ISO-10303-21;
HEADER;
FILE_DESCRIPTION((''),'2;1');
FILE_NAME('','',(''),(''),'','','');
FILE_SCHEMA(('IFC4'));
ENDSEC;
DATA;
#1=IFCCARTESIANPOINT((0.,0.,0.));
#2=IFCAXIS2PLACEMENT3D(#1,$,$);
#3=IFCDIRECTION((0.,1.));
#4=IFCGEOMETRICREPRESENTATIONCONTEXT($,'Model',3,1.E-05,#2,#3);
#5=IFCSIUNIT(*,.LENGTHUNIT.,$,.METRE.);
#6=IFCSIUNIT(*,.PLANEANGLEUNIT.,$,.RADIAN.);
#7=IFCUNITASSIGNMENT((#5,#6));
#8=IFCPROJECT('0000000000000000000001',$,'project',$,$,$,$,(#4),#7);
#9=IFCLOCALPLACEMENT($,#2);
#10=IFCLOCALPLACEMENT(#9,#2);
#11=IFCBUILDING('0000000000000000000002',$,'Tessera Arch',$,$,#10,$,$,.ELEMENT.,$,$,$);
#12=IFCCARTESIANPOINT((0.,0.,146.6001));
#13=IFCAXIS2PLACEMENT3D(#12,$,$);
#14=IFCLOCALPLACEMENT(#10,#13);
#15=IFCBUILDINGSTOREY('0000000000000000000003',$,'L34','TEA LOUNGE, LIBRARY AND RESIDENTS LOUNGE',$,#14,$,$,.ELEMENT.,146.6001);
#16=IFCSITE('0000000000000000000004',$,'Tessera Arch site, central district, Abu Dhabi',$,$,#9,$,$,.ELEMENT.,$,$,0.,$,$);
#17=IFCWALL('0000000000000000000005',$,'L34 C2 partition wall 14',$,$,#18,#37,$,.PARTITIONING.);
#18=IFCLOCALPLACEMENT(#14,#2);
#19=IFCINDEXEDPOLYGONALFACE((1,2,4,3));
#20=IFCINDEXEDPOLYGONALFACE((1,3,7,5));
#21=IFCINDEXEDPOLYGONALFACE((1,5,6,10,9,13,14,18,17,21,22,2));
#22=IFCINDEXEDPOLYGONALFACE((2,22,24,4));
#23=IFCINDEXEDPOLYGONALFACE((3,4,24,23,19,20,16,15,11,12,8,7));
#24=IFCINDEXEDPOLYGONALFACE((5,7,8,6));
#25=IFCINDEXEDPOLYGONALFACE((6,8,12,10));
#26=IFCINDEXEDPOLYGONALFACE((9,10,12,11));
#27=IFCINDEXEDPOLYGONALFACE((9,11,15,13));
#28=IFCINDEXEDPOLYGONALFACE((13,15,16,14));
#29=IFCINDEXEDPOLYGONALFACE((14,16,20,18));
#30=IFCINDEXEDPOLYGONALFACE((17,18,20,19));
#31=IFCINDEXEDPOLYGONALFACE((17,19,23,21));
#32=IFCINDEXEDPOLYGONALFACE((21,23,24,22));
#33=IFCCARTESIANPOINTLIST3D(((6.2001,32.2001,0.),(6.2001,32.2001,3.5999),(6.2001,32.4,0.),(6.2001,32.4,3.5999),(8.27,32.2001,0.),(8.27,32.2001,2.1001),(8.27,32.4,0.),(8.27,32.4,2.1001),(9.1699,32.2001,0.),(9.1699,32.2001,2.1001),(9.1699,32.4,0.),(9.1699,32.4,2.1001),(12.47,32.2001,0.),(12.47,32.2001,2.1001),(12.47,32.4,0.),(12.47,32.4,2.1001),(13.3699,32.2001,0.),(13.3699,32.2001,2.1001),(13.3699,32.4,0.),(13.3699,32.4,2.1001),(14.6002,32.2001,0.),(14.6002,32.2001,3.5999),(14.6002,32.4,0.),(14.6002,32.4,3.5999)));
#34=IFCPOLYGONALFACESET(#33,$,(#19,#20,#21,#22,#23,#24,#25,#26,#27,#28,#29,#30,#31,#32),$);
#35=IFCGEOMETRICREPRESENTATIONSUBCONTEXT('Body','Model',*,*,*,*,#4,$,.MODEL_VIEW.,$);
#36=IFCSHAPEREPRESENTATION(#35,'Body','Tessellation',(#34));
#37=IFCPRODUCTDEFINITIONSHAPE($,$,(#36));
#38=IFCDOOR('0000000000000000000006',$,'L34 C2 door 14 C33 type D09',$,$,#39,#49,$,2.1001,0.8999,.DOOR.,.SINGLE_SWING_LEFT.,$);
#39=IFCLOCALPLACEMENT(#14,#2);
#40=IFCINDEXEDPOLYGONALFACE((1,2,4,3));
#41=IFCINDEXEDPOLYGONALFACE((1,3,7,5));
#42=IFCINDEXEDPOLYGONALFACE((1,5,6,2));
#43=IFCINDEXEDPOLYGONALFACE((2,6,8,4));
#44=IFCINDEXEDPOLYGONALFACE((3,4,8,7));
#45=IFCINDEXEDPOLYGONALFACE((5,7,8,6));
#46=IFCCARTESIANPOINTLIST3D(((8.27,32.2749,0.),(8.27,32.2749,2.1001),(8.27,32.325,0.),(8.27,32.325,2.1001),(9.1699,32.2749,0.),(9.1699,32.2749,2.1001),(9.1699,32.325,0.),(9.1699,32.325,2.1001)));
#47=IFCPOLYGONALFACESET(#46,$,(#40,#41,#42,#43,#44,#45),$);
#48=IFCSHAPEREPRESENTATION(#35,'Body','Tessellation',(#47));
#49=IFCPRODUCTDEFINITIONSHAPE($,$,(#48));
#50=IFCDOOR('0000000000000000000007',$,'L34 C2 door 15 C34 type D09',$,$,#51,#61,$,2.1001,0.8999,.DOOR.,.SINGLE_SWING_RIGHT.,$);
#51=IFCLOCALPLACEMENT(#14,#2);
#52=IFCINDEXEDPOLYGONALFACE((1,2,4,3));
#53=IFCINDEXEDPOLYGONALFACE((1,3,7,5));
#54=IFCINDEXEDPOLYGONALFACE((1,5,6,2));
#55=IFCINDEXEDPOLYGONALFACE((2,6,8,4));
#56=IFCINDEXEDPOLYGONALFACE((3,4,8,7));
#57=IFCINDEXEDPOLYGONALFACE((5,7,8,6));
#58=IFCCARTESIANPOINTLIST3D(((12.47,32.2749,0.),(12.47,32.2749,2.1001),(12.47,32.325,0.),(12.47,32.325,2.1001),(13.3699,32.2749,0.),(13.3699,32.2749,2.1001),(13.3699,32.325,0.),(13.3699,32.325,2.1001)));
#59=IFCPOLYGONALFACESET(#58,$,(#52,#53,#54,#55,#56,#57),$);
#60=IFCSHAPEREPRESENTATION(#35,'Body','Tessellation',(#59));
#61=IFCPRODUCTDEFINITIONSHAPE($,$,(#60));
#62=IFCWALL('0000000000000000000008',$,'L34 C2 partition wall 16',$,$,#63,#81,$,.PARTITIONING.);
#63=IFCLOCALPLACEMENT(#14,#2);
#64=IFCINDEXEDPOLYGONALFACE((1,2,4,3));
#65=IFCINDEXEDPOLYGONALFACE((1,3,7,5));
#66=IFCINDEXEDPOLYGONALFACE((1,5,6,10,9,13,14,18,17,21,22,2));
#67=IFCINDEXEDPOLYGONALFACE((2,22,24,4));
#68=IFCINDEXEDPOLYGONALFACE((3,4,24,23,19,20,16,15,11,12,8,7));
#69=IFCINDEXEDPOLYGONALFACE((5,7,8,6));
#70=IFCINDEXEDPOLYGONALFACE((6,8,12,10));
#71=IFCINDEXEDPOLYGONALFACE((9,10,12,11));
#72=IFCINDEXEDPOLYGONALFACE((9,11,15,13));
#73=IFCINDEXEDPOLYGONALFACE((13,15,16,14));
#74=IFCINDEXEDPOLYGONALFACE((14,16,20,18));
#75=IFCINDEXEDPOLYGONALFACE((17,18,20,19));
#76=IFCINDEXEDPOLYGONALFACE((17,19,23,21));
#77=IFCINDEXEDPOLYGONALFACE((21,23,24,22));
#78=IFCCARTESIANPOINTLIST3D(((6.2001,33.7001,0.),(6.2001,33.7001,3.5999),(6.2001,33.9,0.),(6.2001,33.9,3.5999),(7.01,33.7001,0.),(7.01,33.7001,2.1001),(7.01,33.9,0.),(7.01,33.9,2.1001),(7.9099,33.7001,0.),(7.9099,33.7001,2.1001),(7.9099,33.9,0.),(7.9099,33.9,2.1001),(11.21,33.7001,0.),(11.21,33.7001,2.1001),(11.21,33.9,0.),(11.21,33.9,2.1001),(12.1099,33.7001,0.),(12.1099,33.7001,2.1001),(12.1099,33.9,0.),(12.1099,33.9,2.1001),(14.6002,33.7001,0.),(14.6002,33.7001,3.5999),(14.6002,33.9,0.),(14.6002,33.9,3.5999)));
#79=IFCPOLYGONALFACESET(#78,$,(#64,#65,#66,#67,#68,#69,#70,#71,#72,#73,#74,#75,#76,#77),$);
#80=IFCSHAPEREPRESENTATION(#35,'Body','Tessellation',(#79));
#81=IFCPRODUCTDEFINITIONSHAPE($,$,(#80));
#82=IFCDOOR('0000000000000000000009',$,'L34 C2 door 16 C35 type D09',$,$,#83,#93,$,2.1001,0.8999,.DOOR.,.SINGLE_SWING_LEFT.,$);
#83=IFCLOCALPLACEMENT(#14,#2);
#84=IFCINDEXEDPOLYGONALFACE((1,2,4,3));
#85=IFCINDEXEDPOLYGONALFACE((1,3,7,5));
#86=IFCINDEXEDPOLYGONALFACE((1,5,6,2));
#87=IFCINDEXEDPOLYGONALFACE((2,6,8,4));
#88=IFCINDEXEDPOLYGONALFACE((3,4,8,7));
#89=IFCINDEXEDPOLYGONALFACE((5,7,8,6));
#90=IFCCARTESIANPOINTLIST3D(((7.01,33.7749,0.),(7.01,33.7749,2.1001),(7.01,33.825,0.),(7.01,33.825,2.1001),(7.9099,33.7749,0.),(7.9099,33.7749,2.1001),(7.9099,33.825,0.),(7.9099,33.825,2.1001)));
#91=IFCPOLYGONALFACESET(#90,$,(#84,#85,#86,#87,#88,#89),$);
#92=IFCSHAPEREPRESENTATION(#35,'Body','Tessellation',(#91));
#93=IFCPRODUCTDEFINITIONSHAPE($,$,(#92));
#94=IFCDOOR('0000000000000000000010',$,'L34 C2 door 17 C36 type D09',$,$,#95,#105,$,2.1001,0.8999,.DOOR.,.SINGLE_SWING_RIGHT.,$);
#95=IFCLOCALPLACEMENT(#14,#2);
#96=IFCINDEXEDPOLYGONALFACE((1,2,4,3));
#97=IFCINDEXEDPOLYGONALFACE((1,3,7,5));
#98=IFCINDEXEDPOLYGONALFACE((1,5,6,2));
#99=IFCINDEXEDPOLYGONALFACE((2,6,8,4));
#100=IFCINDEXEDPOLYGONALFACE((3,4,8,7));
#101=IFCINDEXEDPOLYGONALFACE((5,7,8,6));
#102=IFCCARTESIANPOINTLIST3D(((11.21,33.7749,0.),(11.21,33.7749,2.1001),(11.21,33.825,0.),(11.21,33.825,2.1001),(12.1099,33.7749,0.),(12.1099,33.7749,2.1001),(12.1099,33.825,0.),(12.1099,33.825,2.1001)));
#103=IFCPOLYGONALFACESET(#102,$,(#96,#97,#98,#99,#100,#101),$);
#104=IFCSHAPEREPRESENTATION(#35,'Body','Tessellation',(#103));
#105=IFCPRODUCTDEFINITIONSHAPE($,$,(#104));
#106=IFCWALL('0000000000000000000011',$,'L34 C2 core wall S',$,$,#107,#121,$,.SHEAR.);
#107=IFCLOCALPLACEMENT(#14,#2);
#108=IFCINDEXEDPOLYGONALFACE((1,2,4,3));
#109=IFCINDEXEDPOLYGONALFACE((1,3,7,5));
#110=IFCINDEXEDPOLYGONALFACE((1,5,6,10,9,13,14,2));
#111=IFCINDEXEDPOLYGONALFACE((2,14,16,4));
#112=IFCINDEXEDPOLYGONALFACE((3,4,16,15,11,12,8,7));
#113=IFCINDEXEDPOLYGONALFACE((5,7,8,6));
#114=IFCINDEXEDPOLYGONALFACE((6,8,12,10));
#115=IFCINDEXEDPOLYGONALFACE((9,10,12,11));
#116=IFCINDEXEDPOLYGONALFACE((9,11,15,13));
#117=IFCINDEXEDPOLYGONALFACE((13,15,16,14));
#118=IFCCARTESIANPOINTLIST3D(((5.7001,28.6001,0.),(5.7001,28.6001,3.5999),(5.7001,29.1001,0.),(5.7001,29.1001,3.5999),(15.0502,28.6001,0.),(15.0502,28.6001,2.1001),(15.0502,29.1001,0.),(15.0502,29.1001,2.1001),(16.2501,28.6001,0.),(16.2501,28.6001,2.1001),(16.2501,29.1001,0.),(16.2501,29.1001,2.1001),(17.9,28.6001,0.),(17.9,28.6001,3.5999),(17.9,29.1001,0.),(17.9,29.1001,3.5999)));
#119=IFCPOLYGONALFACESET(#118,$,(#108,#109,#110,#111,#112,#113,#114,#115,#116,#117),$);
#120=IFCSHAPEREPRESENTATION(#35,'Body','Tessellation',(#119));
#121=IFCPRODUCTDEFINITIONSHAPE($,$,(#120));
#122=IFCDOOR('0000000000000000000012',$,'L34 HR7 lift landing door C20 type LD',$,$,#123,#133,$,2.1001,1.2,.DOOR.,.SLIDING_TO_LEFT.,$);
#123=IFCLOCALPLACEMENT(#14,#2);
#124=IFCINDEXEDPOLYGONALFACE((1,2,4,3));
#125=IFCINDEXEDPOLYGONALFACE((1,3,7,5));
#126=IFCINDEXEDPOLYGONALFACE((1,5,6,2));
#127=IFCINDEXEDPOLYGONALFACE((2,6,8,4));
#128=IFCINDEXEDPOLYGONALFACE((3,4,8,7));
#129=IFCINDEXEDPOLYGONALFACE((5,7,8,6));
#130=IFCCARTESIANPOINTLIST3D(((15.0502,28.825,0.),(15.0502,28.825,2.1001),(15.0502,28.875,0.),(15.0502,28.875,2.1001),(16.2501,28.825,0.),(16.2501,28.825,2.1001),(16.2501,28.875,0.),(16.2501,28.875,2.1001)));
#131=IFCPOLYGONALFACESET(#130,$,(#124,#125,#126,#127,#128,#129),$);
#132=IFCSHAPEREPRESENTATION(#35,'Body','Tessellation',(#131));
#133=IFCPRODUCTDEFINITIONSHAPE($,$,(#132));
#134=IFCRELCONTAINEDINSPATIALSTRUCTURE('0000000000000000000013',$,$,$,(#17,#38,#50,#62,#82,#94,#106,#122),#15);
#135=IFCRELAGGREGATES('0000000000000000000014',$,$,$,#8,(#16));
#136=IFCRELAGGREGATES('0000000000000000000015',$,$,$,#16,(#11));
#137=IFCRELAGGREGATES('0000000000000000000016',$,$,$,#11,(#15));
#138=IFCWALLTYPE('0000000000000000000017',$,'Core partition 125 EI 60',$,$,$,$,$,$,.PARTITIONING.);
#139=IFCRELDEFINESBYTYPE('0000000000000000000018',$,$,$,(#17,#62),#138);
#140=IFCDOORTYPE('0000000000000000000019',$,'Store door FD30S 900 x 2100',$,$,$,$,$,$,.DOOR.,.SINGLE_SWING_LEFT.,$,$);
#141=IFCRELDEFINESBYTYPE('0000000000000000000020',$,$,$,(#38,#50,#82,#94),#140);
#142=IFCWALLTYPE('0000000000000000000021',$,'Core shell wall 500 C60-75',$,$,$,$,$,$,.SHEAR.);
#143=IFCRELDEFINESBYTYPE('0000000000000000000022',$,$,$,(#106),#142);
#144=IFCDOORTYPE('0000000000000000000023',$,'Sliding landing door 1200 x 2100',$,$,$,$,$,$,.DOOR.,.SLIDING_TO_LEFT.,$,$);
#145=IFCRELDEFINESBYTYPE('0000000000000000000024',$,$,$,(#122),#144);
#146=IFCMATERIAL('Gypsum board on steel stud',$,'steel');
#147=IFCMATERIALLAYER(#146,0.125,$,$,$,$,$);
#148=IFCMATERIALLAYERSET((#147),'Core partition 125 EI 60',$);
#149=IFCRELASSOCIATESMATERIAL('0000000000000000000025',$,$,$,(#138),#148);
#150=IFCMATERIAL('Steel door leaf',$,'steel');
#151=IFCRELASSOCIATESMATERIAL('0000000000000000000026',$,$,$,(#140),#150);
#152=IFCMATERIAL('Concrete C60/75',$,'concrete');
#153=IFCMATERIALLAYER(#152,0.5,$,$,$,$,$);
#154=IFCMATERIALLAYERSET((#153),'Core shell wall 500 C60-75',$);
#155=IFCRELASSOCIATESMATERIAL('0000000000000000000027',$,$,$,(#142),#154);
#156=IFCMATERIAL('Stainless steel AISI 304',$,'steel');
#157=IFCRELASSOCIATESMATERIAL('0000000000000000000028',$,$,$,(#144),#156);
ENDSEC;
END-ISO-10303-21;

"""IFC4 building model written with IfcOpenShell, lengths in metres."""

from ifc_helpers import new_model, si_unit, direction, frame, frame_2d, origin, place, context, subcontext, project, spatial, rectangle, extrude, material, layer, layer_set, type_object, element, fill, save


model = new_model("IFC4")

# Units and contexts
model_context = context("Model", 3, precision=1e-05, world=origin(), true_north=direction((0.0, 1.0)))
body_context = subcontext(model_context, "Body", "Model", "MODEL_VIEW")
ifc_project = project(units=[si_unit("LENGTHUNIT", "METRE"), si_unit("PLANEANGLEUNIT", "RADIAN")], contexts=[model_context])

# Site, building, storey
site_placement = place(None, origin())
site = spatial("IfcSite", under=ifc_project, at=site_placement, Name="Tessera Arch site, central district, Abu Dhabi", CompositionType="ELEMENT", RefElevation=0.0)
building_placement = place(site_placement, origin())
building = spatial("IfcBuilding", under=site, at=building_placement, Name="Tessera Arch", CompositionType="ELEMENT")
storey_placement = place(building_placement, frame((0.0, 0.0, 146.6001)))
storey = spatial("IfcBuildingStorey", under=building, at=storey_placement, Name="L34", Description="TEA LOUNGE, LIBRARY AND RESIDENTS LOUNGE", CompositionType="ELEMENT", Elevation=146.6001)

# Walls, openings, doors
ifc_material_1 = material(Name="Gypsum board on steel stud", Category="steel")
ifc_layer_1 = layer(ifc_material_1, 0.125)
ifc_layer_set_1 = layer_set([ifc_layer_1], Name="Core partition 125 EI 60")
wall_type_1 = type_object("IfcWallType", Name="Core partition 125 EI 60", PredefinedType="PARTITIONING", material=ifc_layer_set_1)
wall_1_placement = place(storey_placement, frame((6.2, 32.3, 0.0), z_axis=(0.0, 0.0, 1.0), x_axis=(1.0, 0.0, 0.0)))
wall_1 = element("IfcWall", 1, at=wall_1_placement, inside=storey, type_object=wall_type_1, Name="L34 C2 partition wall 14", PredefinedType="PARTITIONING", context=body_context, shape_type="SweptSolid", body=[
    extrude(rectangle(XDim=8.4001, YDim=0.2, at=frame_2d((4.2002, 0.0))), origin(), (0.0, 0.0, 1.0), 3.5999),
])
opening_1_placement = place(wall_1_placement, frame((2.0701, 0.0, 0.0)))
opening_1 = element("IfcOpeningElement", 2, at=opening_1_placement, cuts=wall_1, PredefinedType="OPENING", context=body_context, shape_type="SweptSolid", body=[
    extrude(rectangle(XDim=0.8999, YDim=2.1001, at=frame_2d((0.45, 1.05))), frame((0.0, 0.1099, 0.0), z_axis=(0.0, -1.0, 0.0), x_axis=(1.0, 0.0, 0.0)), (0.0, 0.0, 1.0), 0.22),
])
opening_2_placement = place(wall_1_placement, frame((6.27, 0.0, 0.0)))
opening_2 = element("IfcOpeningElement", 3, at=opening_2_placement, cuts=wall_1, PredefinedType="OPENING", context=body_context, shape_type="SweptSolid", body=[
    extrude(rectangle(XDim=0.8999, YDim=2.1001, at=frame_2d((0.45, 1.05))), frame((0.0, 0.1099, 0.0), z_axis=(0.0, -1.0, 0.0), x_axis=(1.0, 0.0, 0.0)), (0.0, 0.0, 1.0), 0.22),
])
ifc_material_2 = material(Name="Steel door leaf", Category="steel")
door_type_1 = type_object("IfcDoorType", Name="Store door FD30S 900 x 2100", OperationType="SINGLE_SWING_LEFT", PredefinedType="DOOR", material=ifc_material_2)
door_1_placement = place(opening_1_placement, origin())
door_1 = element("IfcDoor", 4, at=door_1_placement, inside=storey, type_object=door_type_1, Name="L34 C2 door 14 C33 type D09", OperationType="SINGLE_SWING_LEFT", OverallHeight=2.1001, OverallWidth=0.8999, PredefinedType="DOOR", context=body_context, shape_type="SweptSolid", body=[
    extrude(rectangle(XDim=0.8999, YDim=2.1001, at=frame_2d((0.45, 1.05))), frame((0.0, 0.0249, 0.0), z_axis=(0.0, -1.0, 0.0), x_axis=(1.0, 0.0, 0.0)), (0.0, 0.0, 1.0), 0.05),
])
fill(opening_1, door_1)
door_2_placement = place(opening_2_placement, origin())
door_2 = element("IfcDoor", 5, at=door_2_placement, inside=storey, type_object=door_type_1, Name="L34 C2 door 15 C34 type D09", OperationType="SINGLE_SWING_RIGHT", OverallHeight=2.1001, OverallWidth=0.8999, PredefinedType="DOOR", context=body_context, shape_type="SweptSolid", body=[
    extrude(rectangle(XDim=0.8999, YDim=2.1001, at=frame_2d((0.45, 1.05))), frame((0.0, 0.0249, 0.0), z_axis=(0.0, -1.0, 0.0), x_axis=(1.0, 0.0, 0.0)), (0.0, 0.0, 1.0), 0.05),
])
fill(opening_2, door_2)
wall_2_placement = place(storey_placement, frame((6.2, 33.8, 0.0), z_axis=(0.0, 0.0, 1.0), x_axis=(1.0, 0.0, 0.0)))
wall_2 = element("IfcWall", 6, at=wall_2_placement, inside=storey, type_object=wall_type_1, Name="L34 C2 partition wall 16", PredefinedType="PARTITIONING", context=body_context, shape_type="SweptSolid", body=[
    extrude(rectangle(XDim=8.4001, YDim=0.2, at=frame_2d((4.2002, 0.0))), origin(), (0.0, 0.0, 1.0), 3.5999),
])
opening_3_placement = place(wall_2_placement, frame((0.8101, 0.0, 0.0)))
opening_3 = element("IfcOpeningElement", 7, at=opening_3_placement, cuts=wall_2, PredefinedType="OPENING", context=body_context, shape_type="SweptSolid", body=[
    extrude(rectangle(XDim=0.8999, YDim=2.1001, at=frame_2d((0.45, 1.05))), frame((0.0, 0.1099, 0.0), z_axis=(0.0, -1.0, 0.0), x_axis=(1.0, 0.0, 0.0)), (0.0, 0.0, 1.0), 0.22),
])
opening_4_placement = place(wall_2_placement, frame((5.01, 0.0, 0.0)))
opening_4 = element("IfcOpeningElement", 8, at=opening_4_placement, cuts=wall_2, PredefinedType="OPENING", context=body_context, shape_type="SweptSolid", body=[
    extrude(rectangle(XDim=0.8999, YDim=2.1001, at=frame_2d((0.45, 1.05))), frame((0.0, 0.1099, 0.0), z_axis=(0.0, -1.0, 0.0), x_axis=(1.0, 0.0, 0.0)), (0.0, 0.0, 1.0), 0.22),
])
door_3_placement = place(opening_3_placement, origin())
door_3 = element("IfcDoor", 9, at=door_3_placement, inside=storey, type_object=door_type_1, Name="L34 C2 door 16 C35 type D09", OperationType="SINGLE_SWING_LEFT", OverallHeight=2.1001, OverallWidth=0.8999, PredefinedType="DOOR", context=body_context, shape_type="SweptSolid", body=[
    extrude(rectangle(XDim=0.8999, YDim=2.1001, at=frame_2d((0.45, 1.05))), frame((0.0, 0.0249, 0.0), z_axis=(0.0, -1.0, 0.0), x_axis=(1.0, 0.0, 0.0)), (0.0, 0.0, 1.0), 0.05),
])
fill(opening_3, door_3)
door_4_placement = place(opening_4_placement, origin())
door_4 = element("IfcDoor", 10, at=door_4_placement, inside=storey, type_object=door_type_1, Name="L34 C2 door 17 C36 type D09", OperationType="SINGLE_SWING_RIGHT", OverallHeight=2.1001, OverallWidth=0.8999, PredefinedType="DOOR", context=body_context, shape_type="SweptSolid", body=[
    extrude(rectangle(XDim=0.8999, YDim=2.1001, at=frame_2d((0.45, 1.05))), frame((0.0, 0.0249, 0.0), z_axis=(0.0, -1.0, 0.0), x_axis=(1.0, 0.0, 0.0)), (0.0, 0.0, 1.0), 0.05),
])
fill(opening_4, door_4)

# Wall, opening, door
ifc_material_3 = material(Name="Concrete C60/75", Category="concrete")
ifc_layer_2 = layer(ifc_material_3, 0.5)
ifc_layer_set_2 = layer_set([ifc_layer_2], Name="Core shell wall 500 C60-75")
wall_type_2 = type_object("IfcWallType", Name="Core shell wall 500 C60-75", PredefinedType="SHEAR", material=ifc_layer_set_2)
wall_3_placement = place(storey_placement, frame((5.7, 28.8501, 0.0), z_axis=(0.0, 0.0, 1.0), x_axis=(1.0, 0.0, 0.0)))
wall_3 = element("IfcWall", 11, at=wall_3_placement, inside=storey, type_object=wall_type_2, Name="L34 C2 core wall S", PredefinedType="SHEAR", context=body_context, shape_type="SweptSolid", body=[
    extrude(rectangle(XDim=12.2, YDim=0.5, at=frame_2d((6.1001, 0.0))), origin(), (0.0, 0.0, 1.0), 3.5999),
])
opening_5_placement = place(wall_3_placement, frame((9.3501, 0.0, 0.0)))
opening_5 = element("IfcOpeningElement", 12, at=opening_5_placement, cuts=wall_3, PredefinedType="OPENING", context=body_context, shape_type="SweptSolid", body=[
    extrude(rectangle(XDim=1.2, YDim=2.1001, at=frame_2d((0.6001, 1.05))), frame((0.0, 0.26, 0.0), z_axis=(0.0, -1.0, 0.0), x_axis=(1.0, 0.0, 0.0)), (0.0, 0.0, 1.0), 0.52),
])
ifc_material_4 = material(Name="Stainless steel AISI 304", Category="steel")
door_type_2 = type_object("IfcDoorType", Name="Sliding landing door 1200 x 2100", OperationType="SLIDING_TO_LEFT", PredefinedType="DOOR", material=ifc_material_4)
door_5_placement = place(opening_5_placement, origin())
door_5 = element("IfcDoor", 13, at=door_5_placement, inside=storey, type_object=door_type_2, Name="L34 HR7 lift landing door C20 type LD", OperationType="SLIDING_TO_LEFT", OverallHeight=2.1001, OverallWidth=1.2, PredefinedType="DOOR", context=body_context, shape_type="SweptSolid", body=[
    extrude(rectangle(XDim=1.2, YDim=2.1001, at=frame_2d((0.6001, 1.05))), frame((0.0, 0.0249, 0.0), z_axis=(0.0, -1.0, 0.0), x_axis=(1.0, 0.0, 0.0)), (0.0, 0.0, 1.0), 0.05),
])
fill(opening_5, door_5)

save(model, "model.ifc")
